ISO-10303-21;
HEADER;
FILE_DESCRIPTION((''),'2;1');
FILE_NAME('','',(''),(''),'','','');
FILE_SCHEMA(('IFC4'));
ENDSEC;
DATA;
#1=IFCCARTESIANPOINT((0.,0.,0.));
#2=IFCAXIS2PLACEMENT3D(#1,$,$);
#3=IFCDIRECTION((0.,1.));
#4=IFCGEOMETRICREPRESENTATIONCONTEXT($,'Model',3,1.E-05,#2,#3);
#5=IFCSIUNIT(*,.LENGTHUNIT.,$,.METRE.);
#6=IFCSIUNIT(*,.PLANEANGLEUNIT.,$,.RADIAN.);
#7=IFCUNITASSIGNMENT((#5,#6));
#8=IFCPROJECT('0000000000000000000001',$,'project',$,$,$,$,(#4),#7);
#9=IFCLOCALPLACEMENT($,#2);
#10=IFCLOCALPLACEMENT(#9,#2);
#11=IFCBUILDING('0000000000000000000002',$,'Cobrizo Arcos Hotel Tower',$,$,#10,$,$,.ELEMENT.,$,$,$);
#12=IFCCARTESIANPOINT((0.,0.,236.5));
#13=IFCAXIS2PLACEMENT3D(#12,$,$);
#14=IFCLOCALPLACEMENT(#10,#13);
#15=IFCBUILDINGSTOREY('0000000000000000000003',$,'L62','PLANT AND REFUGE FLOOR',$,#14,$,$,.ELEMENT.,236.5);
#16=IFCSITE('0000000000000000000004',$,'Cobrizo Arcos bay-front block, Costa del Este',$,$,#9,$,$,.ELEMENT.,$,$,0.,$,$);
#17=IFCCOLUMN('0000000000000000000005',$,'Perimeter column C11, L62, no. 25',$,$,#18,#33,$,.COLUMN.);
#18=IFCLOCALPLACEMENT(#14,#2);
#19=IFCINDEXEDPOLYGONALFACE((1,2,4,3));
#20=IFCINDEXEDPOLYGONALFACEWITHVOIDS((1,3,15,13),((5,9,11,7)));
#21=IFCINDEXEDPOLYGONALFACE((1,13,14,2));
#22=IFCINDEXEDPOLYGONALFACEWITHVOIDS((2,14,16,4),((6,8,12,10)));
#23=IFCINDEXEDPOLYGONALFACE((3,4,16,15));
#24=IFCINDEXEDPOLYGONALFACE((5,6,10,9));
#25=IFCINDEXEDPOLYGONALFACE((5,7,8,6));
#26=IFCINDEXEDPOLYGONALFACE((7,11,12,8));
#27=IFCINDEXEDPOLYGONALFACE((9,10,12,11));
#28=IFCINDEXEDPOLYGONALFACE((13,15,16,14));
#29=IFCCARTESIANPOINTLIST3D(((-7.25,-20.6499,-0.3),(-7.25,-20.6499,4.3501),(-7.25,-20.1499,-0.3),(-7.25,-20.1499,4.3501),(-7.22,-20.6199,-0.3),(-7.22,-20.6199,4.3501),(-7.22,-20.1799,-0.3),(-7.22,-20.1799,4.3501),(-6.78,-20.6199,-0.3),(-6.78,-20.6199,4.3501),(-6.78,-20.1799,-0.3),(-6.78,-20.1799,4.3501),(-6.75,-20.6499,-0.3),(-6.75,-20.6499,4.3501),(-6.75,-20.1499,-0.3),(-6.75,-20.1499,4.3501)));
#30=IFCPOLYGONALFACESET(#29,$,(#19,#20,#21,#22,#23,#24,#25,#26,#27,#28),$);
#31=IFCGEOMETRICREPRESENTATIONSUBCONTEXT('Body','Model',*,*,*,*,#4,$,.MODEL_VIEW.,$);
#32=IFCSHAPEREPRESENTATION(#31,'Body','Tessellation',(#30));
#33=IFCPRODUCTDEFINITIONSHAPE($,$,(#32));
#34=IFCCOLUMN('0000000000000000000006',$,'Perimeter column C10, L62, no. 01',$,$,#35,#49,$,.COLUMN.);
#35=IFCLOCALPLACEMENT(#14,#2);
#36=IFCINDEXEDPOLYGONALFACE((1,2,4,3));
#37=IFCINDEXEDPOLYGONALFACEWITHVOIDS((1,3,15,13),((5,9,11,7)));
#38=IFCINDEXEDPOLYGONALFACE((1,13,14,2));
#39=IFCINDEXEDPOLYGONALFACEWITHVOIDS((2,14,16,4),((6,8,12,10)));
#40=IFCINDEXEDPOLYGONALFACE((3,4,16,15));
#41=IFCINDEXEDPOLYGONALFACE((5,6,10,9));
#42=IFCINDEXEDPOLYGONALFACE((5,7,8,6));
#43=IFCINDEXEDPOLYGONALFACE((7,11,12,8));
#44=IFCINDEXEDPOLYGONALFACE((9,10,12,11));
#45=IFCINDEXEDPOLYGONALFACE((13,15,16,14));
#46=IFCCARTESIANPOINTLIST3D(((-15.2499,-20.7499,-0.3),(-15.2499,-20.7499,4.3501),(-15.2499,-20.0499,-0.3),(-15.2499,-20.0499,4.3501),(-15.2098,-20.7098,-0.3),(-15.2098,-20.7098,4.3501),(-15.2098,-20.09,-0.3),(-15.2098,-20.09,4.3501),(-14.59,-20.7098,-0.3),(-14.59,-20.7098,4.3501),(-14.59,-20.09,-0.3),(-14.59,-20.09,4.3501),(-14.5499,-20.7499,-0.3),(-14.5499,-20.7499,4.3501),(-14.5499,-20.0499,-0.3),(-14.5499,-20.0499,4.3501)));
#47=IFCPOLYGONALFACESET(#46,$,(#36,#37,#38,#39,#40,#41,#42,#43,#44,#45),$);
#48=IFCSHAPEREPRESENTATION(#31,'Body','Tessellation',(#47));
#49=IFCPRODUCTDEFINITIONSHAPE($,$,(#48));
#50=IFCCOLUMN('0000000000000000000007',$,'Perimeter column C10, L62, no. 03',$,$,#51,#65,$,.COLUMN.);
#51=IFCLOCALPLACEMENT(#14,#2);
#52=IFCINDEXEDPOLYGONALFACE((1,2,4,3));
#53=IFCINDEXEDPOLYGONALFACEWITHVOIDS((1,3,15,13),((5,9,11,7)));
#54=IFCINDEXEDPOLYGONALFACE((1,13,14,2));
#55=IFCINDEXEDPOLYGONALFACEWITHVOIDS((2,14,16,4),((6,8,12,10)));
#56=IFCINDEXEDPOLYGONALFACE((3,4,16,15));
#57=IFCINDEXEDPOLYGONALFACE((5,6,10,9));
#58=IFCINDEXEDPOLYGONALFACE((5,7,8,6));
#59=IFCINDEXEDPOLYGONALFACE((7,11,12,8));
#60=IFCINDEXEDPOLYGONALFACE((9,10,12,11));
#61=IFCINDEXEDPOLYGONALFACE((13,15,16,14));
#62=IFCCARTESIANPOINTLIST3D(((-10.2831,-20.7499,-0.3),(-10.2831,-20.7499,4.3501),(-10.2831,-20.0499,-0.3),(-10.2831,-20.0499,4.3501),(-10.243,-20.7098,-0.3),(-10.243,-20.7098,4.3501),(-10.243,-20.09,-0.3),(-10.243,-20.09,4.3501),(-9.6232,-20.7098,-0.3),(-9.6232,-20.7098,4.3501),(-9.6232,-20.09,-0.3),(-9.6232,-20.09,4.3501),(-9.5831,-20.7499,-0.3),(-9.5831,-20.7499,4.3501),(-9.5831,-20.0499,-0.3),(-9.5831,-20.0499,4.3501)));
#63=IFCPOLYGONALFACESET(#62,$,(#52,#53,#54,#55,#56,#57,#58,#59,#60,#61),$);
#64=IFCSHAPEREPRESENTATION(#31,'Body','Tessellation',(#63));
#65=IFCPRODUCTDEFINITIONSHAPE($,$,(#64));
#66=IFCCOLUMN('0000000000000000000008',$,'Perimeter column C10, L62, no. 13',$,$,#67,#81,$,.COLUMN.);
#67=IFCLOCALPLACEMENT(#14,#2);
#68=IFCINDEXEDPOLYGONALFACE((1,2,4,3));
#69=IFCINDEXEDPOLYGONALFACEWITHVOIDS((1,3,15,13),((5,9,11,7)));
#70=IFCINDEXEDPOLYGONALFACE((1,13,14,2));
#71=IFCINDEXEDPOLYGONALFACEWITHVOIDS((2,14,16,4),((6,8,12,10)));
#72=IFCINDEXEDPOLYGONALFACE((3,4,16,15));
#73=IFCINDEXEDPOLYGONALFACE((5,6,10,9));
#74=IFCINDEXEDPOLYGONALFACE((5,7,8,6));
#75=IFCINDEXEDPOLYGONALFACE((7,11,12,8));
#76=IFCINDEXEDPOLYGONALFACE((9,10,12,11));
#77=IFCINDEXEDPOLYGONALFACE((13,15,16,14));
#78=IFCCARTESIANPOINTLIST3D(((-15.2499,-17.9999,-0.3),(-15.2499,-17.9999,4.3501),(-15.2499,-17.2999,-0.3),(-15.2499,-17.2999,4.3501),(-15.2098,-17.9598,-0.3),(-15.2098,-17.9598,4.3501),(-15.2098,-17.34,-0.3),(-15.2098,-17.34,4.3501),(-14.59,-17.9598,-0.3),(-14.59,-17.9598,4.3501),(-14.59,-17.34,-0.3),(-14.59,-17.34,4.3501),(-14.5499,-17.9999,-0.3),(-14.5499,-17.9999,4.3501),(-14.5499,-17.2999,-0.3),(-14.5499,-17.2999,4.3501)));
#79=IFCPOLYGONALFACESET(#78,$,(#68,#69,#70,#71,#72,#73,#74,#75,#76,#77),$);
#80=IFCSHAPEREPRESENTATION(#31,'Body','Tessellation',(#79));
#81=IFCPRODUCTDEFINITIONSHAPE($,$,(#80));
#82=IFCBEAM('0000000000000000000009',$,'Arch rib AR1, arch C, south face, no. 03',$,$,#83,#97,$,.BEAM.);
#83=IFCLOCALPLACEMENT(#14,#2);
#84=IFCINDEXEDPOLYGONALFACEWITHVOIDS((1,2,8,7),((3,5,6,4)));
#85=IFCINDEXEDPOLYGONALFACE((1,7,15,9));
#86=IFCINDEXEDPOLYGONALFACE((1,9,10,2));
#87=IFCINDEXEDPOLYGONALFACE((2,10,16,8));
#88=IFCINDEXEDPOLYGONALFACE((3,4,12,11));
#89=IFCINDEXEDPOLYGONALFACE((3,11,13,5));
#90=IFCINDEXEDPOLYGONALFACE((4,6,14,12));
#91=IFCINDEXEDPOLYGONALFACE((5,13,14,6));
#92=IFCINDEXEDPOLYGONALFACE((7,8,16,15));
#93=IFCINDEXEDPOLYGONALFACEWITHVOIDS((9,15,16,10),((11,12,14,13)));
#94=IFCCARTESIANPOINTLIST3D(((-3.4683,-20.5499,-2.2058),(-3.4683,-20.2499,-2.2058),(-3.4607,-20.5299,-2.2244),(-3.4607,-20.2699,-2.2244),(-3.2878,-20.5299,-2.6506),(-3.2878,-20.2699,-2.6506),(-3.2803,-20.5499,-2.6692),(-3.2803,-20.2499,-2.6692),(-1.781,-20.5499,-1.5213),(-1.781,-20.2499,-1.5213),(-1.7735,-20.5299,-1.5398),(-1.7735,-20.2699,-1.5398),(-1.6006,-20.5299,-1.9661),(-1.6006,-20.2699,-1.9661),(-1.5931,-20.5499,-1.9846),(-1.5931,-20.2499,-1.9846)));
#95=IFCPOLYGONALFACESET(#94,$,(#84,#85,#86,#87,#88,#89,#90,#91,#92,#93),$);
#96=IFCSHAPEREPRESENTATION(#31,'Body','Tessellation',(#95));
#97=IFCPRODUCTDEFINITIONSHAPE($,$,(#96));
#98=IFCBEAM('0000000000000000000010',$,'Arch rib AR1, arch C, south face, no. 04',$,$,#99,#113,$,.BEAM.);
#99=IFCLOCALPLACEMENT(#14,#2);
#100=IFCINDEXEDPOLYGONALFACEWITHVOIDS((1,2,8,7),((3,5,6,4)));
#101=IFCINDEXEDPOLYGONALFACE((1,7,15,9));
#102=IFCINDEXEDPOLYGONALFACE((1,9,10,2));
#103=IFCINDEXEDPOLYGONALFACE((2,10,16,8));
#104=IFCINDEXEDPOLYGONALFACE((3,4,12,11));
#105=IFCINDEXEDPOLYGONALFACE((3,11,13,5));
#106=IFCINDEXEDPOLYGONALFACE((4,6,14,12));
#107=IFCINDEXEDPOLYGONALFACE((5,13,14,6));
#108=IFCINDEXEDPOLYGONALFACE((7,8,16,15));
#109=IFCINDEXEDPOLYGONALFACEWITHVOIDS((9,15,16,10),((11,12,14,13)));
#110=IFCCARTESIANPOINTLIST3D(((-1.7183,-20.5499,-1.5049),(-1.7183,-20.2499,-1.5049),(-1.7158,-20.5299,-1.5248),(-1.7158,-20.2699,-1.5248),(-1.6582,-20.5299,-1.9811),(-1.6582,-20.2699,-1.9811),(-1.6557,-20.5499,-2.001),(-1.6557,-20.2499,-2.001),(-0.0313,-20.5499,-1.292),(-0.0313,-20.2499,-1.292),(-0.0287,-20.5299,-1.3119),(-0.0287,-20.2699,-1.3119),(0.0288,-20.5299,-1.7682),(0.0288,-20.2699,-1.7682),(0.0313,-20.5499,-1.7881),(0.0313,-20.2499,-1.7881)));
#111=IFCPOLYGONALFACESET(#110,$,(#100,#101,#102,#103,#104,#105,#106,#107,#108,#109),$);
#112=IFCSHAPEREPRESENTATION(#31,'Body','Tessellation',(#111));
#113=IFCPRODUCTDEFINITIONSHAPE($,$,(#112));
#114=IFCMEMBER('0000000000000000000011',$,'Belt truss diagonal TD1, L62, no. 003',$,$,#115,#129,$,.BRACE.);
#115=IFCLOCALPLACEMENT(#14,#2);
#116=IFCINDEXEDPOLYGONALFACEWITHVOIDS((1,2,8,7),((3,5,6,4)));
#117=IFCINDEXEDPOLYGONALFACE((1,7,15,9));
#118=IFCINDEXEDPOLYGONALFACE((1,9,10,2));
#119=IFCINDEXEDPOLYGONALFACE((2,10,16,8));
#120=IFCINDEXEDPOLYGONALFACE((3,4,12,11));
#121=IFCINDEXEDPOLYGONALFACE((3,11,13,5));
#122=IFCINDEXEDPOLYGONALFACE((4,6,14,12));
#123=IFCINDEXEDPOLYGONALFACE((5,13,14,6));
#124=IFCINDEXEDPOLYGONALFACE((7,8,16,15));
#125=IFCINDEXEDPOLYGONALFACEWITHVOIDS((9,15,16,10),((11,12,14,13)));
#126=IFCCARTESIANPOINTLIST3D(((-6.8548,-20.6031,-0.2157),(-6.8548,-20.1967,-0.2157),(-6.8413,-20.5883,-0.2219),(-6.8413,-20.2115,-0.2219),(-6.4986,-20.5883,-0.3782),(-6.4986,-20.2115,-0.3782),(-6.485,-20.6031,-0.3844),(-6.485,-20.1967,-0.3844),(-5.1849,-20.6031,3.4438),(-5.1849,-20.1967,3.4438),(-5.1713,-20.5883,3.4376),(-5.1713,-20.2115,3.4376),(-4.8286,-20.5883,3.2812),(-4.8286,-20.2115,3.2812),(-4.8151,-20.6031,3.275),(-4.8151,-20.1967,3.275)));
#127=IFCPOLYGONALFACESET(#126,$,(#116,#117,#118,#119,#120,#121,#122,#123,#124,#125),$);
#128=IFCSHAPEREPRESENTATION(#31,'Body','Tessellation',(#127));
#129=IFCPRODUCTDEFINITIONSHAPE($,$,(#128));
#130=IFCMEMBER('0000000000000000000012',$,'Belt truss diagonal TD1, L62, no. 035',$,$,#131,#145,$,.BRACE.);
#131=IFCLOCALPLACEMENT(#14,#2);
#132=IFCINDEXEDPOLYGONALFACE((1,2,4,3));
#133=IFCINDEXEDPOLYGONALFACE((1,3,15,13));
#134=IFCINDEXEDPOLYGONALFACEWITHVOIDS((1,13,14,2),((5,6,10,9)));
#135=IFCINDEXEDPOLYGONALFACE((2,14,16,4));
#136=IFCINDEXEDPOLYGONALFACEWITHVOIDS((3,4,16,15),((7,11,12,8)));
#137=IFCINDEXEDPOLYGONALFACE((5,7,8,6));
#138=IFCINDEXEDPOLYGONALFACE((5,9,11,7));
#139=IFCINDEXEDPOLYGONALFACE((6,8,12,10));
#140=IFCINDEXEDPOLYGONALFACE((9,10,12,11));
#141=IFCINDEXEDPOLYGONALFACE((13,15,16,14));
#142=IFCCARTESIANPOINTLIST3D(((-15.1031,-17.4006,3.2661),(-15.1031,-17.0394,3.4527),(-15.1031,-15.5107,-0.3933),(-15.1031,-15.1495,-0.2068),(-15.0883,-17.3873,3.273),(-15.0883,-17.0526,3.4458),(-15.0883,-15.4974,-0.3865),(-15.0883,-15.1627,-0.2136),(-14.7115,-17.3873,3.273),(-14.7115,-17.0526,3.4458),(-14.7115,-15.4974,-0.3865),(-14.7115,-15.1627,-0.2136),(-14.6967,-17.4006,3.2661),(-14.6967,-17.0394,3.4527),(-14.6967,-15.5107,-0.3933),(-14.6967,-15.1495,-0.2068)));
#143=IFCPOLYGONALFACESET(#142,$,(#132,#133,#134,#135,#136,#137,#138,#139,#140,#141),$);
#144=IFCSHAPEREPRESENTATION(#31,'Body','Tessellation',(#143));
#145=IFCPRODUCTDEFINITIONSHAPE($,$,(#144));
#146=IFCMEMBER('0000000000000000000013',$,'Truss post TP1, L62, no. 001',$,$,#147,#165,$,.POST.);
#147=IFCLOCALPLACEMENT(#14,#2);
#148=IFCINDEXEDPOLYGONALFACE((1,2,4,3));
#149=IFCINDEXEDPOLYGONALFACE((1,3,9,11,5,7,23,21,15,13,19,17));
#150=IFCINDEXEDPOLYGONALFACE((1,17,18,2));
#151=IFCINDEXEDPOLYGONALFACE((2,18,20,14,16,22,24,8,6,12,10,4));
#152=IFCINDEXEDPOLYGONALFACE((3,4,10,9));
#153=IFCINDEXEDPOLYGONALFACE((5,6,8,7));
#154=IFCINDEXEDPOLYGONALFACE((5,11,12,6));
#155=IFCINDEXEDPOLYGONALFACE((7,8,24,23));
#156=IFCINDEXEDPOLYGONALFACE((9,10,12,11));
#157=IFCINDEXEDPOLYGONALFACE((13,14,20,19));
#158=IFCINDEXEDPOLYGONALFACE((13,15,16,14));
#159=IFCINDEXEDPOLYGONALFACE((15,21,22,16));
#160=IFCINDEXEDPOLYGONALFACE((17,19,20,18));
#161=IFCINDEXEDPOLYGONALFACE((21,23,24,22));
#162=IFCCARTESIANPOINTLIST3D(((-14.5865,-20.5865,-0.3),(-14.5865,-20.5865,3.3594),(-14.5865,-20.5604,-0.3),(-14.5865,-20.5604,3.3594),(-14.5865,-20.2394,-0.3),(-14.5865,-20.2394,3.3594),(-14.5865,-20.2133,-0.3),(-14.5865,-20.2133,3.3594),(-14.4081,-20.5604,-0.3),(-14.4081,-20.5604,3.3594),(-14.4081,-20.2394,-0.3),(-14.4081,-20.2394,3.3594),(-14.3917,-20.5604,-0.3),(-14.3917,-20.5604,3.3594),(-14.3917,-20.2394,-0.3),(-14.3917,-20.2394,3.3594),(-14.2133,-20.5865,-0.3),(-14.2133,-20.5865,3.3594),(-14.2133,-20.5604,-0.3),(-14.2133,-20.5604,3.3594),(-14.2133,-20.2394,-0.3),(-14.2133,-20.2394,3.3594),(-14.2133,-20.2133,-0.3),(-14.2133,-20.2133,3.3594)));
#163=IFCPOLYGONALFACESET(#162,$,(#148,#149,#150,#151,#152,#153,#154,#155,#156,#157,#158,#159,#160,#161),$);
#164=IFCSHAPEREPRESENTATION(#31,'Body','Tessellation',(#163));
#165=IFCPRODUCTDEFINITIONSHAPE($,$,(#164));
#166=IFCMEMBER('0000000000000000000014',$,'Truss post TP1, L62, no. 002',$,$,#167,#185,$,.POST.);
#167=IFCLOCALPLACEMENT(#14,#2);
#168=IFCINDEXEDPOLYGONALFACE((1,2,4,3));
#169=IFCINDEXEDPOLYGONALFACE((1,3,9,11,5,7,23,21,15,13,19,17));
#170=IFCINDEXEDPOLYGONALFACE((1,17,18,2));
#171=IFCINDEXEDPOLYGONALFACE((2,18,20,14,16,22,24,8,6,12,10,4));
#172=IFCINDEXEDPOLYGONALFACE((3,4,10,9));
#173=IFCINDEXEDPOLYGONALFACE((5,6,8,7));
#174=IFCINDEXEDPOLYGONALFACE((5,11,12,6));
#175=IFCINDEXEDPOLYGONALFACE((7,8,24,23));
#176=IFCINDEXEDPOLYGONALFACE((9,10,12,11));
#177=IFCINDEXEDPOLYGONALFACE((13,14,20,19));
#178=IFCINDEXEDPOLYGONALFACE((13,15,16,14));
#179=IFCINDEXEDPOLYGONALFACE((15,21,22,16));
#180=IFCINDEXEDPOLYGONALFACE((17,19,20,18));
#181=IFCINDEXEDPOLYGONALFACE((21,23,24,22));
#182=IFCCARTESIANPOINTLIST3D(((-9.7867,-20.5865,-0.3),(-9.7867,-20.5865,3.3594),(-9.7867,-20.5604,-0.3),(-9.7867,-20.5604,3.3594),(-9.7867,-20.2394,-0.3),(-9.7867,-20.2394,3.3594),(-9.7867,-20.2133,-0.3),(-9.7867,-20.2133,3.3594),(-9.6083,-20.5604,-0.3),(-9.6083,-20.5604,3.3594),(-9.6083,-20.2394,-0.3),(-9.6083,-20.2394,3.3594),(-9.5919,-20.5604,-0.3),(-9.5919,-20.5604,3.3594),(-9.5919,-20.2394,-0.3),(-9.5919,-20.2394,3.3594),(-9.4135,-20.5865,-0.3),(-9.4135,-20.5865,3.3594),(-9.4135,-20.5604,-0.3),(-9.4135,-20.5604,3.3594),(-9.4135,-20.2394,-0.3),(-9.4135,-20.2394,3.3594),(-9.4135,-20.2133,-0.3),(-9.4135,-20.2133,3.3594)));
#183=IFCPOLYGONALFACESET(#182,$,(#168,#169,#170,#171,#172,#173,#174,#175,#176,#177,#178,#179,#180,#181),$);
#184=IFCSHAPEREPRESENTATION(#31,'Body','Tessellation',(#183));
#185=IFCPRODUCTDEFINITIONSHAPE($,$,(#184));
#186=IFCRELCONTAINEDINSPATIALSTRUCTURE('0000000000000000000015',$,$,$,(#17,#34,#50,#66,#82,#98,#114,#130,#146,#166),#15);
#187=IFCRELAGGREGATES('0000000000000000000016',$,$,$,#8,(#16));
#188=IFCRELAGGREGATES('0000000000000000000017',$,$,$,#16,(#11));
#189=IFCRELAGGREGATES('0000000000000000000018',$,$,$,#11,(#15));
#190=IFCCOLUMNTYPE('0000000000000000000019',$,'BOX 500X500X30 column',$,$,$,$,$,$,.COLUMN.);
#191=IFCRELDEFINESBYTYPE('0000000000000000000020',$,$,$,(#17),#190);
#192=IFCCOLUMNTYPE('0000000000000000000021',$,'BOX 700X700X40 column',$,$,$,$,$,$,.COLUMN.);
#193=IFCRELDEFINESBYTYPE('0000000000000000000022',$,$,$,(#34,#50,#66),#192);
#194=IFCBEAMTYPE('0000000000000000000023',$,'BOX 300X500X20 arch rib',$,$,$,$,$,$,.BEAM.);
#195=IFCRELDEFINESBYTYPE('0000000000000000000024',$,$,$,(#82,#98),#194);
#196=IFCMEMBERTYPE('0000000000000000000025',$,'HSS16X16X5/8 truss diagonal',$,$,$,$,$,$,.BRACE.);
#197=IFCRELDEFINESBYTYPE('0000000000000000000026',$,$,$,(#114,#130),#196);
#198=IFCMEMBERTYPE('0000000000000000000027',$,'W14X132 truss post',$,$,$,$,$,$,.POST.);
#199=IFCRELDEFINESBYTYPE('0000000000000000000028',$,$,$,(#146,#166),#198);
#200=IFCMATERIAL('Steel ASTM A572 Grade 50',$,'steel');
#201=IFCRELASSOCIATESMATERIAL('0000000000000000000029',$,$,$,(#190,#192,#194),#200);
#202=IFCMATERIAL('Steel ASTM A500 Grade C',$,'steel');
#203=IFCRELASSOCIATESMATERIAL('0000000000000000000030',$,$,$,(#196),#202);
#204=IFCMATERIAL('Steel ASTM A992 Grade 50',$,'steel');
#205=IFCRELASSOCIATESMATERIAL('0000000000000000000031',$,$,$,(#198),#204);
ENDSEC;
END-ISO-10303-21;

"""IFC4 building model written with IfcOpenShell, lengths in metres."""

from ifc_helpers import new_model, si_unit, direction, frame, origin, origin_2d, place, context, subcontext, project, spatial, hollow_rectangle, i_section, extrude, material, material_profile, profile_set, type_object, element, save


model = new_model("IFC4")

# Units and contexts
model_context = context("Model", 3, precision=1e-05, world=origin(), true_north=direction((0.0, 1.0)))
body_context = subcontext(model_context, "Body", "Model", "MODEL_VIEW")
ifc_project = project(units=[si_unit("LENGTHUNIT", "METRE"), si_unit("PLANEANGLEUNIT", "RADIAN")], contexts=[model_context])

# Site, building, storey
site_placement = place(None, origin())
site = spatial("IfcSite", under=ifc_project, at=site_placement, Name="Cobrizo Arcos bay-front block, Costa del Este", CompositionType="ELEMENT", RefElevation=0.0)
building_placement = place(site_placement, origin())
building = spatial("IfcBuilding", under=site, at=building_placement, Name="Cobrizo Arcos Hotel Tower", CompositionType="ELEMENT")
storey_placement = place(building_placement, frame((0.0, 0.0, 236.5)))
storey = spatial("IfcBuildingStorey", under=building, at=storey_placement, Name="L62", Description="PLANT AND REFUGE FLOOR", CompositionType="ELEMENT", Elevation=236.5)

# Columns
ifc_material_1 = material(Name="Steel ASTM A572 Grade 50", Category="steel")
ifc_material_profile_1 = material_profile(ifc_material_1, hollow_rectangle(XDim=0.5, YDim=0.5, WallThickness=0.03, at=origin_2d()), Name="BOX 500X500X30")
ifc_profile_set_1 = profile_set([ifc_material_profile_1], Name="Steel ASTM A572 Grade 50")
column_type_1 = type_object("IfcColumnType", Name="BOX 500X500X30 column", PredefinedType="COLUMN", material=ifc_profile_set_1)
column_placement = place(storey_placement, frame((-7.0, -20.3999, -0.3), z_axis=(0.0, 0.0, 1.0), x_axis=(1.0, 0.0, 0.0)))
element("IfcColumn", 1, at=column_placement, inside=storey, type_object=column_type_1, Name="Perimeter column C11, L62, no. 25", PredefinedType="COLUMN", context=body_context, shape_type="SweptSolid", body=[
    extrude(hollow_rectangle(XDim=0.5, YDim=0.5, WallThickness=0.03, at=origin_2d()), origin(), (0.0, 0.0, 1.0), 4.6501),
])
ifc_material_profile_2 = material_profile(ifc_material_1, hollow_rectangle(XDim=0.7, YDim=0.7, WallThickness=0.04, at=origin_2d()), Name="BOX 700X700X40")
ifc_profile_set_2 = profile_set([ifc_material_profile_2], Name="Steel ASTM A572 Grade 50")
column_type_2 = type_object("IfcColumnType", Name="BOX 700X700X40 column", PredefinedType="COLUMN", material=ifc_profile_set_2)
for number, where, z_axis, x_axis, name in (
    (2, (-14.8999, -20.3999, -0.3), (0.0, 0.0, 1.0), (1.0, 0.0, 0.0), "Perimeter column C10, L62, no. 01"),
    (3, (-9.9331, -20.3999, -0.3), (0.0, 0.0, 1.0), (1.0, 0.0, 0.0), "Perimeter column C10, L62, no. 03"),
    (4, (-14.8999, -17.6499, -0.3), (0.0, 0.0, 1.0), (1.0, 0.0, 0.0), "Perimeter column C10, L62, no. 13"),
):
    element("IfcColumn", number, at=place(storey_placement, frame(where, z_axis=z_axis, x_axis=x_axis)), inside=storey, type_object=column_type_2, Name=name, PredefinedType="COLUMN", context=body_context, shape_type="SweptSolid", body=[
        extrude(hollow_rectangle(XDim=0.7, YDim=0.7, WallThickness=0.04, at=origin_2d()), origin(), (0.0, 0.0, 1.0), 4.6501),
    ])

# Beams
ifc_material_profile_3 = material_profile(ifc_material_1, hollow_rectangle(XDim=0.3, YDim=0.5, WallThickness=0.02, at=origin_2d()), Name="BOX 300X500X20")
ifc_profile_set_3 = profile_set([ifc_material_profile_3], Name="Steel ASTM A572 Grade 50")
beam_type_1 = type_object("IfcBeamType", Name="BOX 300X500X20 arch rib", PredefinedType="BEAM", material=ifc_profile_set_3)
beam_1_placement = place(storey_placement, frame((-3.3743, -20.3999, -2.4375), z_axis=(0.926635, 0.0, 0.375963), x_axis=(0.0, 1.0, 0.0)))
element("IfcBeam", 5, at=beam_1_placement, inside=storey, type_object=beam_type_1, Name="Arch rib AR1, arch C, south face, no. 03", PredefinedType="BEAM", context=body_context, shape_type="SweptSolid", body=[
    extrude(hollow_rectangle(XDim=0.3, YDim=0.5, WallThickness=0.02, at=origin_2d()), origin(), (0.0, 0.0, 1.0), 1.8208),
])
beam_2_placement = place(storey_placement, frame((-1.687, -20.3999, -1.7529), z_axis=(0.992131, 0.0, 0.125201), x_axis=(0.0, 1.0, 0.0)))
element("IfcBeam", 6, at=beam_2_placement, inside=storey, type_object=beam_type_1, Name="Arch rib AR1, arch C, south face, no. 04", PredefinedType="BEAM", context=body_context, shape_type="SweptSolid", body=[
    extrude(hollow_rectangle(XDim=0.3, YDim=0.5, WallThickness=0.02, at=origin_2d()), origin(), (0.0, 0.0, 1.0), 1.7004),
])

# Members
ifc_material_2 = material(Name="Steel ASTM A500 Grade C", Category="steel")
ifc_material_profile_4 = material_profile(ifc_material_2, hollow_rectangle(XDim=0.4065, YDim=0.4065, WallThickness=0.0149, at=origin_2d()), Name="HSS16X16X5/8")
ifc_profile_set_4 = profile_set([ifc_material_profile_4], Name="Steel ASTM A500 Grade C")
member_type_1 = type_object("IfcMemberType", Name="HSS16X16X5/8 truss diagonal", PredefinedType="BRACE", material=ifc_profile_set_4)
member_1_placement = place(storey_placement, frame((-6.6699, -20.3999, -0.3), z_axis=(0.415151, 0.0, 0.909752), x_axis=(0.0, 1.0, 0.0)))
element("IfcMember", 7, at=member_1_placement, inside=storey, type_object=member_type_1, Name="Belt truss diagonal TD1, L62, no. 003", PredefinedType="BRACE", context=body_context, shape_type="SweptSolid", body=[
    extrude(hollow_rectangle(XDim=0.4065, YDim=0.4065, WallThickness=0.0149, at=origin_2d()), origin(), (0.0, 0.0, 1.0), 4.0225),
])
member_2_placement = place(storey_placement, frame((-14.8999, -15.3301, -0.3), z_axis=(0.0, -0.458865, 0.888506), x_axis=(1.0, 0.0, 0.0)))
element("IfcMember", 8, at=member_2_placement, inside=storey, type_object=member_type_1, Name="Belt truss diagonal TD1, L62, no. 035", PredefinedType="BRACE", context=body_context, shape_type="SweptSolid", body=[
    extrude(hollow_rectangle(XDim=0.4065, YDim=0.4065, WallThickness=0.0149, at=origin_2d()), origin(), (0.0, 0.0, 1.0), 4.1187),
])
ifc_material_3 = material(Name="Steel ASTM A992 Grade 50", Category="steel")
ifc_material_profile_5 = material_profile(ifc_material_3, i_section(OverallWidth=0.3733, OverallDepth=0.3733, WebThickness=0.0164, FlangeThickness=0.0261, at=origin_2d()), Name="W14X132")
ifc_profile_set_5 = profile_set([ifc_material_profile_5], Name="Steel ASTM A992 Grade 50")
member_type_2 = type_object("IfcMemberType", Name="W14X132 truss post", PredefinedType="POST", material=ifc_profile_set_5)
for number, where, z_axis, x_axis, name in (
    (9, (-14.3999, -20.3999, -0.3), (0.0, 0.0, 1.0), (1.0, 0.0, 0.0), "Truss post TP1, L62, no. 001"),
    (10, (-9.6001, -20.3999, -0.3), (0.0, 0.0, 1.0), (1.0, 0.0, 0.0), "Truss post TP1, L62, no. 002"),
):
    element("IfcMember", number, at=place(storey_placement, frame(where, z_axis=z_axis, x_axis=x_axis)), inside=storey, type_object=member_type_2, Name=name, PredefinedType="POST", context=body_context, shape_type="SweptSolid", body=[
        extrude(i_section(OverallWidth=0.3733, OverallDepth=0.3733, WebThickness=0.0164, FlangeThickness=0.0261, at=origin_2d()), origin(), (0.0, 0.0, 1.0), 3.6594),
    ])

save(model, "model.ifc")
